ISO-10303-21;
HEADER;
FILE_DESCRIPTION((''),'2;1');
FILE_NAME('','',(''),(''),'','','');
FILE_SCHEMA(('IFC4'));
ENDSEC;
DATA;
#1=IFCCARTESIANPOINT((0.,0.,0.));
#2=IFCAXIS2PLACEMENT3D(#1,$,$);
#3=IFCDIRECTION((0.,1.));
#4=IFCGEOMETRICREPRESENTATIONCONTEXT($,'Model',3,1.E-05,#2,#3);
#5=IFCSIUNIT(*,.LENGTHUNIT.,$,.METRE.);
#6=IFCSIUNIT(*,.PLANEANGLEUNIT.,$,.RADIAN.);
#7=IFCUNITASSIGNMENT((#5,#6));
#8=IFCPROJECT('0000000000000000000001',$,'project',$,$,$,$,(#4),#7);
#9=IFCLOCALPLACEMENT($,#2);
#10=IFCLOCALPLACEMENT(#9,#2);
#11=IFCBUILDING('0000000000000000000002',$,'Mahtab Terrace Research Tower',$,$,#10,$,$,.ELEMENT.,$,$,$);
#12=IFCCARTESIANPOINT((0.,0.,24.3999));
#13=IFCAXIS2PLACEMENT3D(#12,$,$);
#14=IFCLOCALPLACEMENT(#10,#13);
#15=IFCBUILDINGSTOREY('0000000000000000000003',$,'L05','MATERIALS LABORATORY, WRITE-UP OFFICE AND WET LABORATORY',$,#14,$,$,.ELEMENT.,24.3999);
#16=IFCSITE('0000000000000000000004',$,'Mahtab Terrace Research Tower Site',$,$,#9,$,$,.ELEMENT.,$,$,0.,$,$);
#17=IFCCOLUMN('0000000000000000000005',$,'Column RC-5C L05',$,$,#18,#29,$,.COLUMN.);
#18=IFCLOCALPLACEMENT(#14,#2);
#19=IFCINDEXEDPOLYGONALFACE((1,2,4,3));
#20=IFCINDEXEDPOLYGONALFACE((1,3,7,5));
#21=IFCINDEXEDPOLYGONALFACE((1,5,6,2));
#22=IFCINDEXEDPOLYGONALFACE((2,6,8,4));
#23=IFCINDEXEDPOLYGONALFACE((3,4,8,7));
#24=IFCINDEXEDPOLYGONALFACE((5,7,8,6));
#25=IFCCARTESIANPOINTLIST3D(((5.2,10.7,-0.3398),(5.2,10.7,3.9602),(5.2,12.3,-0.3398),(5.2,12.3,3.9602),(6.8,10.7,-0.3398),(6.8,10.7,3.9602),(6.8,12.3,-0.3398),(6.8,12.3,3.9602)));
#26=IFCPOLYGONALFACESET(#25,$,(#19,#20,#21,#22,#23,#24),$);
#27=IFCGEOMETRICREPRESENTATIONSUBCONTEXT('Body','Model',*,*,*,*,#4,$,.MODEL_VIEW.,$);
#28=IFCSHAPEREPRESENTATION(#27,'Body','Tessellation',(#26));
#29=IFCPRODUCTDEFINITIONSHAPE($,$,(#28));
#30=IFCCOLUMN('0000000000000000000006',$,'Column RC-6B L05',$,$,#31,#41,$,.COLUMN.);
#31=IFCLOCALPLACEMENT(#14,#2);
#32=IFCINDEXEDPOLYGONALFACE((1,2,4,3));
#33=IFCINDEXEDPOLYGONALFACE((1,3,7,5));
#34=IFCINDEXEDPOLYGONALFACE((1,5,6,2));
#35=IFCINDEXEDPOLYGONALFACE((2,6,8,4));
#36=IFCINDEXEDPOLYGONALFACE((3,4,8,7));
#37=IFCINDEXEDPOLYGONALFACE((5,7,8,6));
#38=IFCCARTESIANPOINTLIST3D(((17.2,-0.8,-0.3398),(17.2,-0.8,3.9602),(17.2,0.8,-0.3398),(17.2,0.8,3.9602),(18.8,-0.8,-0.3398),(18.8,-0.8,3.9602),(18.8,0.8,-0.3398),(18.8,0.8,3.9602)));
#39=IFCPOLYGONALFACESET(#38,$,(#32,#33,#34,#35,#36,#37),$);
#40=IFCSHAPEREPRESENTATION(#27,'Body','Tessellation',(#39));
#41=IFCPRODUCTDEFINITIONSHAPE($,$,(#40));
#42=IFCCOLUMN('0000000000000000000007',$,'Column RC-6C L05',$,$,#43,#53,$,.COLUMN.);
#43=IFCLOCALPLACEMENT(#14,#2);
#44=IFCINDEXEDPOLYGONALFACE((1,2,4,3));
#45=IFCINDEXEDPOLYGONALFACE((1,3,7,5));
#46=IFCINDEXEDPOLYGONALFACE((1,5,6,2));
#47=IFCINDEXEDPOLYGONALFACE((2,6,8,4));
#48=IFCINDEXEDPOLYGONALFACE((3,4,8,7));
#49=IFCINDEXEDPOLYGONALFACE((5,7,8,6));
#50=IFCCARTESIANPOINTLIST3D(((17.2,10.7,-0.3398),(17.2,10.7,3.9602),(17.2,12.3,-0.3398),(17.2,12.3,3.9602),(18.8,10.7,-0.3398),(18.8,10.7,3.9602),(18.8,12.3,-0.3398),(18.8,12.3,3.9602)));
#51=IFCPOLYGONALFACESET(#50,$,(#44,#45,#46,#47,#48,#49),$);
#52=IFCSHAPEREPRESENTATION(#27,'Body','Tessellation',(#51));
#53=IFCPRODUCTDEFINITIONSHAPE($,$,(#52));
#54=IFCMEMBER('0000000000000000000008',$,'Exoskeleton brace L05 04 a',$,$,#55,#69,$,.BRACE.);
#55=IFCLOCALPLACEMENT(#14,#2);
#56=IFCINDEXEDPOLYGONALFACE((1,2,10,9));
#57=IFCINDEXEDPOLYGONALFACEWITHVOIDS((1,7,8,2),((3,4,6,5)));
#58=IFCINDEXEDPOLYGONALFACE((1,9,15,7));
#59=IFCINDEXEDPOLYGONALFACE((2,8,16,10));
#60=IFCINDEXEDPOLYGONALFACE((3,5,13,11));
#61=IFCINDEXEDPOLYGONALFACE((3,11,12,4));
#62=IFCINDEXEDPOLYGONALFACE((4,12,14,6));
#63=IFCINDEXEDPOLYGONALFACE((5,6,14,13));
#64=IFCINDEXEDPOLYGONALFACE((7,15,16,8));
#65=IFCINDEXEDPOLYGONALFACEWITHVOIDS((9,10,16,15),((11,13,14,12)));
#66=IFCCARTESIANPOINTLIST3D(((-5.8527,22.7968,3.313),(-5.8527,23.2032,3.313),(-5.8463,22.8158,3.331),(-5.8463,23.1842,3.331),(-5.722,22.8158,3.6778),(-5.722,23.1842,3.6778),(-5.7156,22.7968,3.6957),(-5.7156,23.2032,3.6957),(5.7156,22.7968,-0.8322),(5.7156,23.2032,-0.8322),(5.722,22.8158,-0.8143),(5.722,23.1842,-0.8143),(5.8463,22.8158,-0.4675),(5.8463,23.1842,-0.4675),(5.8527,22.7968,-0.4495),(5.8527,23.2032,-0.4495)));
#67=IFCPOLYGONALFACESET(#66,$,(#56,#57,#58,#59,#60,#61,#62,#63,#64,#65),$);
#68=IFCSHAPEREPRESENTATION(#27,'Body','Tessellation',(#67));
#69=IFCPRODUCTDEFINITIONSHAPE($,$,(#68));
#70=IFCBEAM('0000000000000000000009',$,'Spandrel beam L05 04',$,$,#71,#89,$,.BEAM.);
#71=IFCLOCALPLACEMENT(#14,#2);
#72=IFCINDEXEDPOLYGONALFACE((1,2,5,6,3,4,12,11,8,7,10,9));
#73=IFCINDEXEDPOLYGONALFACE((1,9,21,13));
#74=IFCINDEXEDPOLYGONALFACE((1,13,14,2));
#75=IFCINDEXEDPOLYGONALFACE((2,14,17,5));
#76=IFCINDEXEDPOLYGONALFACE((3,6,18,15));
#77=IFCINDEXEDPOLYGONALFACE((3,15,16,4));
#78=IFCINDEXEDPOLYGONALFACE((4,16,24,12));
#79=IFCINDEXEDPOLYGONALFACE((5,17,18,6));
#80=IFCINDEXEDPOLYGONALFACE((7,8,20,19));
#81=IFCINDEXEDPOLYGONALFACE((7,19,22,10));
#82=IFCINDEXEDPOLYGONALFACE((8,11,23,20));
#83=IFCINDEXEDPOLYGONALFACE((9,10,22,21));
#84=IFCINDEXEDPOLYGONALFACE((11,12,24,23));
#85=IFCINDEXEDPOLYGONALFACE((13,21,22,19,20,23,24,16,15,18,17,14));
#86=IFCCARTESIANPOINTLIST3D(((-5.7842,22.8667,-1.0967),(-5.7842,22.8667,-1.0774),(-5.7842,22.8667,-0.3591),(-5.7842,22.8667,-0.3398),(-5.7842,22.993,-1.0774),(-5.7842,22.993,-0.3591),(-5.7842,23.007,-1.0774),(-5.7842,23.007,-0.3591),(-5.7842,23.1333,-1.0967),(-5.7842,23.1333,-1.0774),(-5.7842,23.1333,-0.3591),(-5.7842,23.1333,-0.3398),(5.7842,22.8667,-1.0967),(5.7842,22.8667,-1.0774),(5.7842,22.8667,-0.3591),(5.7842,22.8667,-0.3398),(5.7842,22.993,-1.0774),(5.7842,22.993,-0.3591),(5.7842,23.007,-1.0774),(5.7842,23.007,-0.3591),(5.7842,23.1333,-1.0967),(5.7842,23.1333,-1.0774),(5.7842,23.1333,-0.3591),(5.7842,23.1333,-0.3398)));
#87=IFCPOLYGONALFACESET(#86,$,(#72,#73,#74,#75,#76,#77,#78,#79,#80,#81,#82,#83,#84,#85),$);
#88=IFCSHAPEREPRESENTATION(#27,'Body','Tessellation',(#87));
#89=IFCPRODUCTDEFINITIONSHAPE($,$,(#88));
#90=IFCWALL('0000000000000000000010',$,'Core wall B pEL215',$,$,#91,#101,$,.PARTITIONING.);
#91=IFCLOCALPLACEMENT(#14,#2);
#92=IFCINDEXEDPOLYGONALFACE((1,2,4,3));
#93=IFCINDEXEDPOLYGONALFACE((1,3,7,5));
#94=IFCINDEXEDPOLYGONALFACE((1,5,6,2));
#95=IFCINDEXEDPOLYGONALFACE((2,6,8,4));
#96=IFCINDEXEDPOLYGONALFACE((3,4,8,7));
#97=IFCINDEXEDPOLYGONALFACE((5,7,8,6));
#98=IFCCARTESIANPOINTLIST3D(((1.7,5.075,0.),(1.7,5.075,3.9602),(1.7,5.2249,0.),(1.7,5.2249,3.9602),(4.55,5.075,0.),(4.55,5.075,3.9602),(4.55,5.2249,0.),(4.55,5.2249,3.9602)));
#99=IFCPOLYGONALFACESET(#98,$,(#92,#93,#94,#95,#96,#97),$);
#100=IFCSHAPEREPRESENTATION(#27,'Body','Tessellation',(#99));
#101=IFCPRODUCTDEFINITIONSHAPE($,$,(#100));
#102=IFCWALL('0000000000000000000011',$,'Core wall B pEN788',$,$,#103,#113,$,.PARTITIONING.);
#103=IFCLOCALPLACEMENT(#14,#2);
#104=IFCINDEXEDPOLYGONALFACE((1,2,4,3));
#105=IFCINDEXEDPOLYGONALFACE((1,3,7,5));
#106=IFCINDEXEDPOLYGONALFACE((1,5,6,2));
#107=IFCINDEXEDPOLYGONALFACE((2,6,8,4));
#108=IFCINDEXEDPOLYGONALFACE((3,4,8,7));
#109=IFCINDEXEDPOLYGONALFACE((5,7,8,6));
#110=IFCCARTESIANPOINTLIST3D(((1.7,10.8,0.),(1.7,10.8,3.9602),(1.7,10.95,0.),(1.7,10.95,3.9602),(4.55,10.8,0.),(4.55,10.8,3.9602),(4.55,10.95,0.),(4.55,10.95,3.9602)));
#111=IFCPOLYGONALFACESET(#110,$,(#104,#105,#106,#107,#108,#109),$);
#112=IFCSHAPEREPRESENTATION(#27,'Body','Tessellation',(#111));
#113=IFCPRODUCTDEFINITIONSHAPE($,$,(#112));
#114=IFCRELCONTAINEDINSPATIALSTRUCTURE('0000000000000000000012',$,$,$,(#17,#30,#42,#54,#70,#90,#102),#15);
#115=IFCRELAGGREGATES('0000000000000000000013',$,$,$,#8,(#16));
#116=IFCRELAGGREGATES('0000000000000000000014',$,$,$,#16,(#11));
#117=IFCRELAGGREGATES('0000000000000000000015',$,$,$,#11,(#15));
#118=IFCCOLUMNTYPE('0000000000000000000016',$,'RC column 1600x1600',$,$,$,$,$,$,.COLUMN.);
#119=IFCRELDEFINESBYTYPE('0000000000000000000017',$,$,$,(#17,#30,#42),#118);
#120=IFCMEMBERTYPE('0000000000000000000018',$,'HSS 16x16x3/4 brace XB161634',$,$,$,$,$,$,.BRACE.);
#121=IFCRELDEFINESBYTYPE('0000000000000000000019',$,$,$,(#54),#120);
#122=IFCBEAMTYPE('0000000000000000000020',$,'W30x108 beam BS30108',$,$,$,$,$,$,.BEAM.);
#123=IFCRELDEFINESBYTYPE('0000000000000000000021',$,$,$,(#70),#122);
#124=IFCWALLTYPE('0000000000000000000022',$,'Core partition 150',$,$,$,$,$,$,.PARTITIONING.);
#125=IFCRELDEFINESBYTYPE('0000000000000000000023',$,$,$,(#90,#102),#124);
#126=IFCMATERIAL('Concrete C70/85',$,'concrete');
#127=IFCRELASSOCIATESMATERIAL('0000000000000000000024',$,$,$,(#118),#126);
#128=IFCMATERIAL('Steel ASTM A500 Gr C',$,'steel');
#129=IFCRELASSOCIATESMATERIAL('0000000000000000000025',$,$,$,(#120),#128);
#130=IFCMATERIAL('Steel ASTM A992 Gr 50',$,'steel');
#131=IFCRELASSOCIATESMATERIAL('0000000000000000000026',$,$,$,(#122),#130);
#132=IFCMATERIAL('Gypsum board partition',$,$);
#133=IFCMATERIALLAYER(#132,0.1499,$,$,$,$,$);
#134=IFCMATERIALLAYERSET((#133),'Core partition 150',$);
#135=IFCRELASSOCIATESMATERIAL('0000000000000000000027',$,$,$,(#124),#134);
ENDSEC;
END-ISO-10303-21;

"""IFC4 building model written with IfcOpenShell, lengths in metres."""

from ifc_helpers import new_model, si_unit, direction, frame, frame_2d, origin, origin_2d, place, context, subcontext, project, spatial, rectangle, hollow_rectangle, i_section, extrude, material, layer, layer_set, material_profile, profile_set, type_object, element, save


model = new_model("IFC4")

# Units and contexts
model_context = context("Model", 3, precision=1e-05, world=origin(), true_north=direction((0.0, 1.0)))
body_context = subcontext(model_context, "Body", "Model", "MODEL_VIEW")
ifc_project = project(units=[si_unit("LENGTHUNIT", "METRE"), si_unit("PLANEANGLEUNIT", "RADIAN")], contexts=[model_context])

# Site, building, storey
site_placement = place(None, origin())
site = spatial("IfcSite", under=ifc_project, at=site_placement, Name="Mahtab Terrace Research Tower Site", CompositionType="ELEMENT", RefElevation=0.0)
building_placement = place(site_placement, origin())
building = spatial("IfcBuilding", under=site, at=building_placement, Name="Mahtab Terrace Research Tower", CompositionType="ELEMENT")
storey_placement = place(building_placement, frame((0.0, 0.0, 24.3999)))
storey = spatial("IfcBuildingStorey", under=building, at=storey_placement, Name="L05", Description="MATERIALS LABORATORY, WRITE-UP OFFICE AND WET LABORATORY", CompositionType="ELEMENT", Elevation=24.3999)

# Columns
ifc_material_1 = material(Name="Concrete C70/85", Category="concrete")
ifc_material_profile_1 = material_profile(ifc_material_1, rectangle(XDim=1.6001, YDim=1.6001, at=origin_2d()), Name="RC column 1600x1600")
ifc_profile_set_1 = profile_set([ifc_material_profile_1], Name="Concrete C70/85")
column_type = type_object("IfcColumnType", Name="RC column 1600x1600", PredefinedType="COLUMN", material=ifc_profile_set_1)
for number, where, z_axis, x_axis, name in (
    (1, (6.0, 11.5, -0.3398), (0.0, 0.0, 1.0), (1.0, 0.0, 0.0), "Column RC-5C L05"),
    (2, (18.0, 0.0, -0.3398), (0.0, 0.0, 1.0), (1.0, 0.0, 0.0), "Column RC-6B L05"),
    (3, (18.0, 11.5, -0.3398), (0.0, 0.0, 1.0), (1.0, 0.0, 0.0), "Column RC-6C L05"),
):
    element("IfcColumn", number, at=place(storey_placement, frame(where, z_axis=z_axis, x_axis=x_axis)), inside=storey, type_object=column_type, Name=name, PredefinedType="COLUMN", context=body_context, shape_type="SweptSolid", body=[
        extrude(rectangle(XDim=1.6001, YDim=1.6001, at=origin_2d()), origin(), (0.0, 0.0, 1.0), 4.3),
    ])

# Member
ifc_material_2 = material(Name="Steel ASTM A500 Gr C", Category="steel")
ifc_material_profile_2 = material_profile(ifc_material_2, hollow_rectangle(XDim=0.4065, YDim=0.4065, WallThickness=0.019, at=origin_2d()), Name="HSS16X16X3/4")
ifc_profile_set_2 = profile_set([ifc_material_profile_2], Name="Steel ASTM A500 Gr C")
member_type = type_object("IfcMemberType", Name="HSS 16x16x3/4 brace XB161634", PredefinedType="BRACE", material=ifc_profile_set_2)
member_placement = place(storey_placement, frame((5.7842, 23.0, -0.6409), z_axis=(-0.941388, 0.0, 0.337325), x_axis=(0.0, -1.0, 0.0)))
element("IfcMember", 4, at=member_placement, inside=storey, type_object=member_type, Name="Exoskeleton brace L05 04 a", PredefinedType="BRACE", context=body_context, shape_type="SweptSolid", body=[
    extrude(hollow_rectangle(XDim=0.4065, YDim=0.4065, WallThickness=0.019, at=origin_2d()), origin(), (0.0, 0.0, 1.0), 12.2886),
])

# Beam
ifc_material_3 = material(Name="Steel ASTM A992 Gr 50", Category="steel")
ifc_material_profile_3 = material_profile(ifc_material_3, i_section(OverallWidth=0.2666, OverallDepth=0.7568, WebThickness=0.0139, FlangeThickness=0.0193, at=origin_2d()), Name="W30X108")
ifc_profile_set_3 = profile_set([ifc_material_profile_3], Name="Steel ASTM A992 Gr 50")
beam_type = type_object("IfcBeamType", Name="W30x108 beam BS30108", PredefinedType="BEAM", material=ifc_profile_set_3)
beam_placement = place(storey_placement, frame((5.7842, 23.0, -0.7183), z_axis=(-1.0, 0.0, 0.0), x_axis=(0.0, -1.0, 0.0)))
element("IfcBeam", 5, at=beam_placement, inside=storey, type_object=beam_type, Name="Spandrel beam L05 04", PredefinedType="BEAM", context=body_context, shape_type="SweptSolid", body=[
    extrude(i_section(OverallWidth=0.2666, OverallDepth=0.7568, WebThickness=0.0139, FlangeThickness=0.0193, at=origin_2d()), origin(), (0.0, 0.0, 1.0), 11.5684),
])

# Walls
ifc_material_4 = material(Name="Gypsum board partition")
ifc_layer_1 = layer(ifc_material_4, 0.1499)
ifc_layer_set_1 = layer_set([ifc_layer_1], Name="Core partition 150")
wall_type_1 = type_object("IfcWallType", Name="Core partition 150", PredefinedType="PARTITIONING", material=ifc_layer_set_1)
for number, where, z_axis, x_axis, name in (
    (6, (1.7, 5.1499, 0.0), (0.0, 0.0, 1.0), (1.0, 0.0, 0.0), "Core wall B pEL215"),
    (7, (1.7, 10.875, 0.0), (0.0, 0.0, 1.0), (1.0, 0.0, 0.0), "Core wall B pEN788"),
):
    element("IfcWall", number, at=place(storey_placement, frame(where, z_axis=z_axis, x_axis=x_axis)), inside=storey, type_object=wall_type_1, Name=name, PredefinedType="PARTITIONING", context=body_context, shape_type="SweptSolid", body=[
        extrude(rectangle(XDim=2.8501, YDim=0.1499, at=frame_2d((1.425, 0.0))), origin(), (0.0, 0.0, 1.0), 3.9602),
    ])

save(model, "model.ifc")
